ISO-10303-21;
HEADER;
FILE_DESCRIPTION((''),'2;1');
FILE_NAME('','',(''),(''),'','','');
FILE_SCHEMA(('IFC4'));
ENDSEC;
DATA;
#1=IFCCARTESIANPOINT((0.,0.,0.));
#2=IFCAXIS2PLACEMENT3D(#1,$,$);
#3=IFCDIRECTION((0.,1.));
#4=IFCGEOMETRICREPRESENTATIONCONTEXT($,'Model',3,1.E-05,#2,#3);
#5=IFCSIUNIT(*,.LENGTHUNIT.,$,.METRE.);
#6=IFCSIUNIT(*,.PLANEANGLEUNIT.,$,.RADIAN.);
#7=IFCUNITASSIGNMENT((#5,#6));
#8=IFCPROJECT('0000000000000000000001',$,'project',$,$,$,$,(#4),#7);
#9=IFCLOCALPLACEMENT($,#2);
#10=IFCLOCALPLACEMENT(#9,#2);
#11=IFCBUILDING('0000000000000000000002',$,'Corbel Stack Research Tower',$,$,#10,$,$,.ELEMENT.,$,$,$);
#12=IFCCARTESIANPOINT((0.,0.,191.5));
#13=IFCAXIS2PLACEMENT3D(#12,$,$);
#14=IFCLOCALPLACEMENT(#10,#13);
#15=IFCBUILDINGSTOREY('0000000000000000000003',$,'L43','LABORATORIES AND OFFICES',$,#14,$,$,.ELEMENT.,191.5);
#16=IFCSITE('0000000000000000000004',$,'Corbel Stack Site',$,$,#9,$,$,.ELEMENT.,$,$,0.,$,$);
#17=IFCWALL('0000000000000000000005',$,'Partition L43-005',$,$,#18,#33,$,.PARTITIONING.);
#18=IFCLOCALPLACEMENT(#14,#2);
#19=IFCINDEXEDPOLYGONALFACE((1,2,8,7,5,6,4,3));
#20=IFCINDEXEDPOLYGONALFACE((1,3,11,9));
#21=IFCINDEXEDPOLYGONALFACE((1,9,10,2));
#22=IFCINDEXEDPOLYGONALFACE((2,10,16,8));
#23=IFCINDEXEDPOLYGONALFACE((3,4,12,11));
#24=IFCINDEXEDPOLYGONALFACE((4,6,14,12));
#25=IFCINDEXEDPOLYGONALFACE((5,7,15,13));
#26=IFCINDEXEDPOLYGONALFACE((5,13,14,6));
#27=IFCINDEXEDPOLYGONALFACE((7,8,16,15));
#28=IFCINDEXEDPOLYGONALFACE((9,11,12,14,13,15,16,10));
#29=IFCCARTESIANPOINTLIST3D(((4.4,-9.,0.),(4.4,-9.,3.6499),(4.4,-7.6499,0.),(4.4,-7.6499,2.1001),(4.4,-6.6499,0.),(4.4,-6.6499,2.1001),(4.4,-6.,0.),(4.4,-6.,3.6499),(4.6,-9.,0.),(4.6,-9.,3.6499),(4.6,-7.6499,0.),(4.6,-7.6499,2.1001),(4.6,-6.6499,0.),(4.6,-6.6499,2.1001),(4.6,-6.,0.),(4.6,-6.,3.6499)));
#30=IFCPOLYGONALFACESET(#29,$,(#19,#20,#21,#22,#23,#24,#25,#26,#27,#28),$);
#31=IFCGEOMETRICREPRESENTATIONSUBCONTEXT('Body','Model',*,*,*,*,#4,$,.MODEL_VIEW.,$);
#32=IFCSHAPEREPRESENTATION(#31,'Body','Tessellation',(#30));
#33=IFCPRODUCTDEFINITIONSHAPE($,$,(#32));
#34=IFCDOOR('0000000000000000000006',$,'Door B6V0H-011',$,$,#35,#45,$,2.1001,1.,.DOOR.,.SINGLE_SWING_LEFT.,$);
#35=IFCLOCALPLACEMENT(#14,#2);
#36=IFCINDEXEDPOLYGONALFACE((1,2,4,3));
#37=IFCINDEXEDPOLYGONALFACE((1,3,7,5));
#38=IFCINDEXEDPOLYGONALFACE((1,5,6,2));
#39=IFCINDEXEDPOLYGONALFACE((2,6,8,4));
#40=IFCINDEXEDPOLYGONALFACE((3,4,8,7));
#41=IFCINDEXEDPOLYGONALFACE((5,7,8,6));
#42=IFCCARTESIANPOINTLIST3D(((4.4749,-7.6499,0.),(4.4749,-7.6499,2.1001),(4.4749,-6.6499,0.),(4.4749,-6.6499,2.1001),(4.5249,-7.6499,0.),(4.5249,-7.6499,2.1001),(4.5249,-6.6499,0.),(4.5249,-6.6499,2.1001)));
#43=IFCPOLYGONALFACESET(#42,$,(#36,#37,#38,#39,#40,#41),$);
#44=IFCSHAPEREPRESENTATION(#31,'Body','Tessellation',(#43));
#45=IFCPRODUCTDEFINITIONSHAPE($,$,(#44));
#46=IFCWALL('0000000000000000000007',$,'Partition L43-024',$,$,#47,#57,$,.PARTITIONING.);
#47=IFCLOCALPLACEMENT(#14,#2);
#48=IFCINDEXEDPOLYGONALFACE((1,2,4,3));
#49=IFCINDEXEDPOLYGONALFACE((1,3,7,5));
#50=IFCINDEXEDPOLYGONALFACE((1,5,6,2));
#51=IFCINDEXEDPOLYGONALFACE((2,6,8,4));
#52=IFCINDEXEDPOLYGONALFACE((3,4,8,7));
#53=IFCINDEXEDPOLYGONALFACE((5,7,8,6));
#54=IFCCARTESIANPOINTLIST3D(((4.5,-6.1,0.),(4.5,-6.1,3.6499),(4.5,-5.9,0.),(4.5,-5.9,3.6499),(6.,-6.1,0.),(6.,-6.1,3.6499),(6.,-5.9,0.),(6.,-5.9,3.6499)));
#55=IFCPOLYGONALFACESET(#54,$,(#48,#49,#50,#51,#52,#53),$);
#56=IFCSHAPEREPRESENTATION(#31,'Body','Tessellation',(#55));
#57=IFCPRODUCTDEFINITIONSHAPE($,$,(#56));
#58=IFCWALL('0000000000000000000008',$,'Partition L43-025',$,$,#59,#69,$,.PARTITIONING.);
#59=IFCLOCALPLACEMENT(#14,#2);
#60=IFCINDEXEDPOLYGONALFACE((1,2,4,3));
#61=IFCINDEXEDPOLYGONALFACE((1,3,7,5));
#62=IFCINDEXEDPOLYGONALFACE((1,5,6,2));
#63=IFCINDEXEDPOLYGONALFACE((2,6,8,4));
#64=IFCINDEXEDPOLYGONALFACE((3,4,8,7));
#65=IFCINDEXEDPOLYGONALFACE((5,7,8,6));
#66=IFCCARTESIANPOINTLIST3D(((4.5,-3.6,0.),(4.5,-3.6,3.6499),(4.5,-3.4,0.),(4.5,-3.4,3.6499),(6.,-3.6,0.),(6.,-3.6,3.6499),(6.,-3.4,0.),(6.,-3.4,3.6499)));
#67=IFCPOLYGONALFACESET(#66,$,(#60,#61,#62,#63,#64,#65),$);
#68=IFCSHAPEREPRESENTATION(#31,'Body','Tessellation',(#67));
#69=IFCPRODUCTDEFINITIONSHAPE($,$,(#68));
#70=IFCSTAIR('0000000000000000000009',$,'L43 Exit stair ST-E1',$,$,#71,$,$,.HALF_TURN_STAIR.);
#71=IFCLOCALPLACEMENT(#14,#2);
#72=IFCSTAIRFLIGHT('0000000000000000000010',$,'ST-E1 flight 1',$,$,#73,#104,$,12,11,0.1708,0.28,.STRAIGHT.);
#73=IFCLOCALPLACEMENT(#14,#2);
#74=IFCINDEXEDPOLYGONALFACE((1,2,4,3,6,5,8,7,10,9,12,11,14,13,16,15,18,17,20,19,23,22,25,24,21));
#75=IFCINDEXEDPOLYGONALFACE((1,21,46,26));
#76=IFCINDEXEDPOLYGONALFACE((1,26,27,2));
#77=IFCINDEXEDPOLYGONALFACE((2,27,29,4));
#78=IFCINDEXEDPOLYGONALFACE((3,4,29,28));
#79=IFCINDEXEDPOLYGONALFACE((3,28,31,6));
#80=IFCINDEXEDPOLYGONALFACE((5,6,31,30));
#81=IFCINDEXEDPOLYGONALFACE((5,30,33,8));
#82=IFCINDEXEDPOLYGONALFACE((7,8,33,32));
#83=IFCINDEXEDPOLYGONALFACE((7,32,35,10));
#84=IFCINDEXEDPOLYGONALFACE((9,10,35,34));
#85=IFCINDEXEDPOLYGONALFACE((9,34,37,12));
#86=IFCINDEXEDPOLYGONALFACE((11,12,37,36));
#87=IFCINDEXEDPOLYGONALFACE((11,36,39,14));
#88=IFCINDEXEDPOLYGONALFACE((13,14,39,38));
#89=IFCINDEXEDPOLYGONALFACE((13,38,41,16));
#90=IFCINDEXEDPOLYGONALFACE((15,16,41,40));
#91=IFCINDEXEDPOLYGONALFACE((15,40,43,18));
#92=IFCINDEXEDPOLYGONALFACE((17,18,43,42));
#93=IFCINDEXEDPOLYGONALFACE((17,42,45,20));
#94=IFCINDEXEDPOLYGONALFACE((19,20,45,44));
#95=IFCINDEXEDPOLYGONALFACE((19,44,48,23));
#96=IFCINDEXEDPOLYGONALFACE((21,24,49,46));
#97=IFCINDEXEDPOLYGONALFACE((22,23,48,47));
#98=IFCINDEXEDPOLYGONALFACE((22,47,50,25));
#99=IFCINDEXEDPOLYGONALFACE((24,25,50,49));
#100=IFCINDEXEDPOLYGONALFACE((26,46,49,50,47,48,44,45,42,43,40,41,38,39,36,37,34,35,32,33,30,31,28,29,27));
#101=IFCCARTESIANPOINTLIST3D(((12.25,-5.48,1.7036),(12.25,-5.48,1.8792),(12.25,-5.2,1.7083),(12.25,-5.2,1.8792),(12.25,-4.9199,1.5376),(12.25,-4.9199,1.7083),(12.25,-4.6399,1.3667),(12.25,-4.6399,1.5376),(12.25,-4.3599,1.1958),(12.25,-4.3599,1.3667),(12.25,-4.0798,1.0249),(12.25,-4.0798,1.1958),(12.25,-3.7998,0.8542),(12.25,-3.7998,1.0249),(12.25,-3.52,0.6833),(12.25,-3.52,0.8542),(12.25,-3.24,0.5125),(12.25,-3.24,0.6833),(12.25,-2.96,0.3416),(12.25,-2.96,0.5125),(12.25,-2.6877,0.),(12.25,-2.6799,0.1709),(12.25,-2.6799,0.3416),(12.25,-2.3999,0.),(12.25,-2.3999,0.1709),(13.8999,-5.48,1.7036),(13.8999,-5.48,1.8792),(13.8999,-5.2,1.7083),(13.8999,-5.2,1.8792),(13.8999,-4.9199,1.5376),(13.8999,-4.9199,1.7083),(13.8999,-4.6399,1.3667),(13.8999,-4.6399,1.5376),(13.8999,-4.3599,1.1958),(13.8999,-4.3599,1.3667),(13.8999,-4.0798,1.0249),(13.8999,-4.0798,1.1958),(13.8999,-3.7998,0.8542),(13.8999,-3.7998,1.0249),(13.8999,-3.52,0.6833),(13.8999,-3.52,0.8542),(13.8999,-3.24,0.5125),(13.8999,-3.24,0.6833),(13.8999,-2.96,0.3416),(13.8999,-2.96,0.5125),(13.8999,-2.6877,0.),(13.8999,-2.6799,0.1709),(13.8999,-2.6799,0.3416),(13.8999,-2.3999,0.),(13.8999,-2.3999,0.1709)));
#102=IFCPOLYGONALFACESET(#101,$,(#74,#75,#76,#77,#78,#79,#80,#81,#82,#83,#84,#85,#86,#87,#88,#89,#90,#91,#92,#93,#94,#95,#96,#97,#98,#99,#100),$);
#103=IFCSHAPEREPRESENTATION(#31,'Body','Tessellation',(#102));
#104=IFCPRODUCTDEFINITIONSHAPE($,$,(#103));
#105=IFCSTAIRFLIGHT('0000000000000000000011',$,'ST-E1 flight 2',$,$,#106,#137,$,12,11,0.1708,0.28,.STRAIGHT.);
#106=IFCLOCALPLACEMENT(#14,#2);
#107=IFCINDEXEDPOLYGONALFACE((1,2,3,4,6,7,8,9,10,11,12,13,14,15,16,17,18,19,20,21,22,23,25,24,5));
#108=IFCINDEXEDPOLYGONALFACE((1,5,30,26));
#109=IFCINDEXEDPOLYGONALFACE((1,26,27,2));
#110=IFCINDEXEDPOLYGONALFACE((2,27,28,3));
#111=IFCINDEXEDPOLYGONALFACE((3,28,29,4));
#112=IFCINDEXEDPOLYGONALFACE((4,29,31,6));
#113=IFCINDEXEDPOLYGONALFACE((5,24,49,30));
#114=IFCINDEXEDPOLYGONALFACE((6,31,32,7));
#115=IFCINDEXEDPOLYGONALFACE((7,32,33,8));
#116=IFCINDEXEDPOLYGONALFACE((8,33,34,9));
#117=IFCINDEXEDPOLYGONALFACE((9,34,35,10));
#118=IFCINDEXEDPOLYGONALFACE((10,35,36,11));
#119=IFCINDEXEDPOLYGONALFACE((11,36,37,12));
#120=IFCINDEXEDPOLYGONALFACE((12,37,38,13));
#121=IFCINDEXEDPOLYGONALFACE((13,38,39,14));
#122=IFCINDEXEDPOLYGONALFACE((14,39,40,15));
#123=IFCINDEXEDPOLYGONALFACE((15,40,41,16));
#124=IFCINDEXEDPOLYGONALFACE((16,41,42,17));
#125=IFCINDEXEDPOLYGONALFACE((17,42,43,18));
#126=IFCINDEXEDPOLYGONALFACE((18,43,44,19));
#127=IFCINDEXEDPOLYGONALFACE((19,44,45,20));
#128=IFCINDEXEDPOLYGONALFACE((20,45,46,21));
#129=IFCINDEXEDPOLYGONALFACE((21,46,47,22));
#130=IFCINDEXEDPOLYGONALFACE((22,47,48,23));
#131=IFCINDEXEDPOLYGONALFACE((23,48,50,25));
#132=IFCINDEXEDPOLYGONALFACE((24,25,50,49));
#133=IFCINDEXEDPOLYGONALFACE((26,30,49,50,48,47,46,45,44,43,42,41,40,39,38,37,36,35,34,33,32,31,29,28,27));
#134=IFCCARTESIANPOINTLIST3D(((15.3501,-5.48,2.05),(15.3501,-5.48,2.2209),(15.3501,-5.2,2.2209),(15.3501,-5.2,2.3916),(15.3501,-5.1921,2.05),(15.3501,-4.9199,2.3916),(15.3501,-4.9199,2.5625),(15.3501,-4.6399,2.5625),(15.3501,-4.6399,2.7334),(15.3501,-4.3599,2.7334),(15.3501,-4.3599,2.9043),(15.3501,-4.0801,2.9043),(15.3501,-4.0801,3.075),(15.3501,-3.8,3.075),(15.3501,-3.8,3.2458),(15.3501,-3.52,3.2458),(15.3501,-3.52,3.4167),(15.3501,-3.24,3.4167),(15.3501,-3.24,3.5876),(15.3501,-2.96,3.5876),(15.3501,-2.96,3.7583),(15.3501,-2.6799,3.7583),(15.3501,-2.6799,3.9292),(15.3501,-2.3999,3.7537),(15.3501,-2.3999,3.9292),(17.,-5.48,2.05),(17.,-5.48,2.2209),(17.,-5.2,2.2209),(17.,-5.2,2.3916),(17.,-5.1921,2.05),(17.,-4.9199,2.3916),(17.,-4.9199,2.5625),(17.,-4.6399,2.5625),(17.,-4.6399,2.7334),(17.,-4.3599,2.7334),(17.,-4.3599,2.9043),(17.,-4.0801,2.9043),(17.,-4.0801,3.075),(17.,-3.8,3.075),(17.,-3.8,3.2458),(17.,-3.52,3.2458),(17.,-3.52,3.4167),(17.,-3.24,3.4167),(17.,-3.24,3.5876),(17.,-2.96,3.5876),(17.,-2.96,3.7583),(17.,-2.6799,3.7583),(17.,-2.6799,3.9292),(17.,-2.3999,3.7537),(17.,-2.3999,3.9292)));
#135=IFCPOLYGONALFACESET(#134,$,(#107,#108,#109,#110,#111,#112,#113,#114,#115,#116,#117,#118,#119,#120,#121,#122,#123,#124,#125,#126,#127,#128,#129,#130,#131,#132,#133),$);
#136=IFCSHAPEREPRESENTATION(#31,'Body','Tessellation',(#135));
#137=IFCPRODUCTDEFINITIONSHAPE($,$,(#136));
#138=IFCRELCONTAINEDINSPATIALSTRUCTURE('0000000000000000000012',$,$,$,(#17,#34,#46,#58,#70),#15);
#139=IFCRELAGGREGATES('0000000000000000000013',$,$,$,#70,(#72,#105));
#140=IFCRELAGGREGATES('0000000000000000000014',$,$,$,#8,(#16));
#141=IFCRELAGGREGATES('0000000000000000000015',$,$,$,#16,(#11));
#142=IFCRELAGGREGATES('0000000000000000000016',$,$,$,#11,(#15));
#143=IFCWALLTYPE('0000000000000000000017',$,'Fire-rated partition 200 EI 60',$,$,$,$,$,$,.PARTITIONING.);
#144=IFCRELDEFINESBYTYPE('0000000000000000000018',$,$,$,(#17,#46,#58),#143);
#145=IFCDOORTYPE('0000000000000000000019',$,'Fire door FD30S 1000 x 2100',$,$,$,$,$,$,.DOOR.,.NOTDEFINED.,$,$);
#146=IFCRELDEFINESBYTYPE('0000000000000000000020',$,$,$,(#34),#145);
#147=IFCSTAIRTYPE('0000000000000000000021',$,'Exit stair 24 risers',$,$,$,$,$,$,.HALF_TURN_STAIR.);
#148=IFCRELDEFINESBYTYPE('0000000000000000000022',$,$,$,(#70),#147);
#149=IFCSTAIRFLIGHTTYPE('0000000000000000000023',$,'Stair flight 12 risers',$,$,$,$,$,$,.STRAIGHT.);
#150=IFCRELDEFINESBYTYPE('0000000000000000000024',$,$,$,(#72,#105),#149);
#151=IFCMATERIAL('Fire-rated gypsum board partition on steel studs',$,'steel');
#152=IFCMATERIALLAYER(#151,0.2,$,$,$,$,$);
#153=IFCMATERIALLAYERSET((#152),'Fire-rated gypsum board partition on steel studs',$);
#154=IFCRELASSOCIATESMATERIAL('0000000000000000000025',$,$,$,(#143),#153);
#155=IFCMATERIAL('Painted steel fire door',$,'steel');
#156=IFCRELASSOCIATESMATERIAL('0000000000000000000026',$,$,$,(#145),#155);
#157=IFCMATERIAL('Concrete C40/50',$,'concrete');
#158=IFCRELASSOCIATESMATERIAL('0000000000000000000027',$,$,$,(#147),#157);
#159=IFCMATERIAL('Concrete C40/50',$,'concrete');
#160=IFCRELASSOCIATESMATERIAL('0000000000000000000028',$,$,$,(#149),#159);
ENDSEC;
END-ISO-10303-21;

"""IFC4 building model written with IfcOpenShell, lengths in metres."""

from ifc_helpers import new_model, si_unit, direction, frame, frame_2d, origin, place, context, subcontext, project, spatial, polyline, rectangle, outline, extrude, material, layer, layer_set, type_object, element, fill, aggregate, save


model = new_model("IFC4")

# Units and contexts
model_context = context("Model", 3, precision=1e-05, world=origin(), true_north=direction((0.0, 1.0)))
body_context = subcontext(model_context, "Body", "Model", "MODEL_VIEW")
ifc_project = project(units=[si_unit("LENGTHUNIT", "METRE"), si_unit("PLANEANGLEUNIT", "RADIAN")], contexts=[model_context])

# Site, building, storey
site_placement = place(None, origin())
site = spatial("IfcSite", under=ifc_project, at=site_placement, Name="Corbel Stack Site", CompositionType="ELEMENT", RefElevation=0.0)
building_placement = place(site_placement, origin())
building = spatial("IfcBuilding", under=site, at=building_placement, Name="Corbel Stack Research Tower", CompositionType="ELEMENT")
storey_placement = place(building_placement, frame((0.0, 0.0, 191.5)))
storey = spatial("IfcBuildingStorey", under=building, at=storey_placement, Name="L43", Description="LABORATORIES AND OFFICES", CompositionType="ELEMENT", Elevation=191.5)

# Wall, opening, door
ifc_material_1 = material(Name="Fire-rated gypsum board partition on steel studs", Category="steel")
ifc_layer_1 = layer(ifc_material_1, 0.2)
ifc_layer_set_1 = layer_set([ifc_layer_1], Name="Fire-rated gypsum board partition on steel studs")
wall_type_1 = type_object("IfcWallType", Name="Fire-rated partition 200 EI 60", PredefinedType="PARTITIONING", material=ifc_layer_set_1)
wall_1_placement = place(storey_placement, frame((4.5, -6.0, 0.0), z_axis=(0.0, 0.0, 1.0), x_axis=(0.0, -1.0, 0.0)))
wall_1 = element("IfcWall", 1, at=wall_1_placement, inside=storey, type_object=wall_type_1, Name="Partition L43-005", PredefinedType="PARTITIONING", context=body_context, shape_type="SweptSolid", body=[
    extrude(rectangle(XDim=3.0, YDim=0.2, at=frame_2d((1.5, 0.0))), origin(), (0.0, 0.0, 1.0), 3.6499),
])
opening_1_placement = place(wall_1_placement, frame((0.6499, 0.0, 0.0)))
opening_1 = element("IfcOpeningElement", 2, at=opening_1_placement, cuts=wall_1, PredefinedType="OPENING", context=body_context, shape_type="SweptSolid", body=[
    extrude(rectangle(XDim=1.0, YDim=2.1001, at=frame_2d((0.5, 1.05))), frame((0.0, 0.1099, 0.0), z_axis=(0.0, -1.0, 0.0), x_axis=(1.0, 0.0, 0.0)), (0.0, 0.0, 1.0), 0.22),
])
ifc_material_2 = material(Name="Painted steel fire door", Category="steel")
door_type_1 = type_object("IfcDoorType", Name="Fire door FD30S 1000 x 2100", OperationType="NOTDEFINED", PredefinedType="DOOR", material=ifc_material_2)
door_1_placement = place(opening_1_placement, origin())
door_1 = element("IfcDoor", 3, at=door_1_placement, inside=storey, type_object=door_type_1, Name="Door B6V0H-011", OperationType="SINGLE_SWING_LEFT", OverallHeight=2.1001, OverallWidth=1.0, PredefinedType="DOOR", context=body_context, shape_type="SweptSolid", body=[
    extrude(rectangle(XDim=1.0, YDim=2.1001, at=frame_2d((0.5, 1.05))), frame((0.0, 0.0249, 0.0), z_axis=(0.0, -1.0, 0.0), x_axis=(1.0, 0.0, 0.0)), (0.0, 0.0, 1.0), 0.05),
])
fill(opening_1, door_1)

# Walls
for number, where, z_axis, x_axis, name in (
    (4, (4.5, -6.0, 0.0), (0.0, 0.0, 1.0), (1.0, 0.0, 0.0), "Partition L43-024"),
    (5, (4.5, -3.5, 0.0), (0.0, 0.0, 1.0), (1.0, 0.0, 0.0), "Partition L43-025"),
):
    element("IfcWall", number, at=place(storey_placement, frame(where, z_axis=z_axis, x_axis=x_axis)), inside=storey, type_object=wall_type_1, Name=name, PredefinedType="PARTITIONING", context=body_context, shape_type="SweptSolid", body=[
        extrude(rectangle(XDim=1.5, YDim=0.2, at=frame_2d((0.75, 0.0))), origin(), (0.0, 0.0, 1.0), 3.6499),
    ])

# Stair, stair flights
ifc_material_3 = material(Name="Concrete C40/50", Category="concrete")
stair_type = type_object("IfcStairType", Name="Exit stair 24 risers", PredefinedType="HALF_TURN_STAIR", material=ifc_material_3)
stair_placement = place(storey_placement, origin())
stair = element("IfcStair", 6, at=stair_placement, inside=storey, type_object=stair_type, Name="L43 Exit stair ST-E1", PredefinedType="HALF_TURN_STAIR")
ifc_material_4 = material(Name="Concrete C40/50", Category="concrete")
stair_flight_type = type_object("IfcStairFlightType", Name="Stair flight 12 risers", PredefinedType="STRAIGHT", material=ifc_material_4)
stair_flight_1_placement = place(storey_placement, frame((13.075, -2.3999, 0.0), z_axis=(0.0, 0.0, 1.0), x_axis=(0.0, -1.0, 0.0)))
stair_flight_1 = element("IfcStairFlight", 7, at=stair_flight_1_placement, type_object=stair_flight_type, Name="ST-E1 flight 1", NumberOfRisers=12, NumberOfTreads=11, PredefinedType="STRAIGHT", RiserHeight=0.1708, TreadLength=0.28, context=body_context, shape_type="SweptSolid", body=[
    extrude(outline(polyline([(0.0, 0.0), (0.0, 0.1709), (0.28, 0.1709), (0.28, 0.3416), (0.5601, 0.3416), (0.5601, 0.5125), (0.8401, 0.5125), (0.8401, 0.6833), (1.1201, 0.6833), (1.1201, 0.8542), (1.3999, 0.8542), (1.3999, 1.0249), (1.6799, 1.0249), (1.6799, 1.1958), (1.96, 1.1958), (1.96, 1.3667), (2.24, 1.3667), (2.24, 1.5376), (2.52, 1.5376), (2.52, 1.7083), (2.8, 1.7083), (2.8, 1.8792), (3.0801, 1.8792), (3.0801, 2.05), (3.0801, 1.7036), (0.2878, 0.0), (0.0, 0.0)])), frame((0.0, 0.825, 0.0), z_axis=(0.0, -1.0, 0.0), x_axis=(1.0, 0.0, 0.0)), (0.0, 0.0, 1.0), 1.6499),
])
stair_flight_2_placement = place(storey_placement, frame((16.175, -5.48, 2.05), z_axis=(0.0, 0.0, 1.0), x_axis=(0.0, 1.0, 0.0)))
stair_flight_2 = element("IfcStairFlight", 8, at=stair_flight_2_placement, type_object=stair_flight_type, Name="ST-E1 flight 2", NumberOfRisers=12, NumberOfTreads=11, PredefinedType="STRAIGHT", RiserHeight=0.1708, TreadLength=0.28, context=body_context, shape_type="SweptSolid", body=[
    extrude(outline(polyline([(0.0, 0.0), (0.0, 0.1709), (0.28, 0.1709), (0.28, 0.3416), (0.5601, 0.3416), (0.5601, 0.5125), (0.8401, 0.5125), (0.8401, 0.6833), (1.1201, 0.6833), (1.1201, 0.8542), (1.3999, 0.8542), (1.3999, 1.0249), (1.6799, 1.0249), (1.6799, 1.1958), (1.96, 1.1958), (1.96, 1.3667), (2.24, 1.3667), (2.24, 1.5376), (2.52, 1.5376), (2.52, 1.7083), (2.8, 1.7083), (2.8, 1.8792), (3.0801, 1.8792), (3.0801, 2.05), (3.0801, 1.7036), (0.2878, 0.0), (0.0, 0.0)])), frame((0.0, 0.825, 0.0), z_axis=(0.0, -1.0, 0.0), x_axis=(1.0, 0.0, 0.0)), (0.0, 0.0, 1.0), 1.6499),
])
aggregate(stair, [stair_flight_1, stair_flight_2])

save(model, "model.ifc")
